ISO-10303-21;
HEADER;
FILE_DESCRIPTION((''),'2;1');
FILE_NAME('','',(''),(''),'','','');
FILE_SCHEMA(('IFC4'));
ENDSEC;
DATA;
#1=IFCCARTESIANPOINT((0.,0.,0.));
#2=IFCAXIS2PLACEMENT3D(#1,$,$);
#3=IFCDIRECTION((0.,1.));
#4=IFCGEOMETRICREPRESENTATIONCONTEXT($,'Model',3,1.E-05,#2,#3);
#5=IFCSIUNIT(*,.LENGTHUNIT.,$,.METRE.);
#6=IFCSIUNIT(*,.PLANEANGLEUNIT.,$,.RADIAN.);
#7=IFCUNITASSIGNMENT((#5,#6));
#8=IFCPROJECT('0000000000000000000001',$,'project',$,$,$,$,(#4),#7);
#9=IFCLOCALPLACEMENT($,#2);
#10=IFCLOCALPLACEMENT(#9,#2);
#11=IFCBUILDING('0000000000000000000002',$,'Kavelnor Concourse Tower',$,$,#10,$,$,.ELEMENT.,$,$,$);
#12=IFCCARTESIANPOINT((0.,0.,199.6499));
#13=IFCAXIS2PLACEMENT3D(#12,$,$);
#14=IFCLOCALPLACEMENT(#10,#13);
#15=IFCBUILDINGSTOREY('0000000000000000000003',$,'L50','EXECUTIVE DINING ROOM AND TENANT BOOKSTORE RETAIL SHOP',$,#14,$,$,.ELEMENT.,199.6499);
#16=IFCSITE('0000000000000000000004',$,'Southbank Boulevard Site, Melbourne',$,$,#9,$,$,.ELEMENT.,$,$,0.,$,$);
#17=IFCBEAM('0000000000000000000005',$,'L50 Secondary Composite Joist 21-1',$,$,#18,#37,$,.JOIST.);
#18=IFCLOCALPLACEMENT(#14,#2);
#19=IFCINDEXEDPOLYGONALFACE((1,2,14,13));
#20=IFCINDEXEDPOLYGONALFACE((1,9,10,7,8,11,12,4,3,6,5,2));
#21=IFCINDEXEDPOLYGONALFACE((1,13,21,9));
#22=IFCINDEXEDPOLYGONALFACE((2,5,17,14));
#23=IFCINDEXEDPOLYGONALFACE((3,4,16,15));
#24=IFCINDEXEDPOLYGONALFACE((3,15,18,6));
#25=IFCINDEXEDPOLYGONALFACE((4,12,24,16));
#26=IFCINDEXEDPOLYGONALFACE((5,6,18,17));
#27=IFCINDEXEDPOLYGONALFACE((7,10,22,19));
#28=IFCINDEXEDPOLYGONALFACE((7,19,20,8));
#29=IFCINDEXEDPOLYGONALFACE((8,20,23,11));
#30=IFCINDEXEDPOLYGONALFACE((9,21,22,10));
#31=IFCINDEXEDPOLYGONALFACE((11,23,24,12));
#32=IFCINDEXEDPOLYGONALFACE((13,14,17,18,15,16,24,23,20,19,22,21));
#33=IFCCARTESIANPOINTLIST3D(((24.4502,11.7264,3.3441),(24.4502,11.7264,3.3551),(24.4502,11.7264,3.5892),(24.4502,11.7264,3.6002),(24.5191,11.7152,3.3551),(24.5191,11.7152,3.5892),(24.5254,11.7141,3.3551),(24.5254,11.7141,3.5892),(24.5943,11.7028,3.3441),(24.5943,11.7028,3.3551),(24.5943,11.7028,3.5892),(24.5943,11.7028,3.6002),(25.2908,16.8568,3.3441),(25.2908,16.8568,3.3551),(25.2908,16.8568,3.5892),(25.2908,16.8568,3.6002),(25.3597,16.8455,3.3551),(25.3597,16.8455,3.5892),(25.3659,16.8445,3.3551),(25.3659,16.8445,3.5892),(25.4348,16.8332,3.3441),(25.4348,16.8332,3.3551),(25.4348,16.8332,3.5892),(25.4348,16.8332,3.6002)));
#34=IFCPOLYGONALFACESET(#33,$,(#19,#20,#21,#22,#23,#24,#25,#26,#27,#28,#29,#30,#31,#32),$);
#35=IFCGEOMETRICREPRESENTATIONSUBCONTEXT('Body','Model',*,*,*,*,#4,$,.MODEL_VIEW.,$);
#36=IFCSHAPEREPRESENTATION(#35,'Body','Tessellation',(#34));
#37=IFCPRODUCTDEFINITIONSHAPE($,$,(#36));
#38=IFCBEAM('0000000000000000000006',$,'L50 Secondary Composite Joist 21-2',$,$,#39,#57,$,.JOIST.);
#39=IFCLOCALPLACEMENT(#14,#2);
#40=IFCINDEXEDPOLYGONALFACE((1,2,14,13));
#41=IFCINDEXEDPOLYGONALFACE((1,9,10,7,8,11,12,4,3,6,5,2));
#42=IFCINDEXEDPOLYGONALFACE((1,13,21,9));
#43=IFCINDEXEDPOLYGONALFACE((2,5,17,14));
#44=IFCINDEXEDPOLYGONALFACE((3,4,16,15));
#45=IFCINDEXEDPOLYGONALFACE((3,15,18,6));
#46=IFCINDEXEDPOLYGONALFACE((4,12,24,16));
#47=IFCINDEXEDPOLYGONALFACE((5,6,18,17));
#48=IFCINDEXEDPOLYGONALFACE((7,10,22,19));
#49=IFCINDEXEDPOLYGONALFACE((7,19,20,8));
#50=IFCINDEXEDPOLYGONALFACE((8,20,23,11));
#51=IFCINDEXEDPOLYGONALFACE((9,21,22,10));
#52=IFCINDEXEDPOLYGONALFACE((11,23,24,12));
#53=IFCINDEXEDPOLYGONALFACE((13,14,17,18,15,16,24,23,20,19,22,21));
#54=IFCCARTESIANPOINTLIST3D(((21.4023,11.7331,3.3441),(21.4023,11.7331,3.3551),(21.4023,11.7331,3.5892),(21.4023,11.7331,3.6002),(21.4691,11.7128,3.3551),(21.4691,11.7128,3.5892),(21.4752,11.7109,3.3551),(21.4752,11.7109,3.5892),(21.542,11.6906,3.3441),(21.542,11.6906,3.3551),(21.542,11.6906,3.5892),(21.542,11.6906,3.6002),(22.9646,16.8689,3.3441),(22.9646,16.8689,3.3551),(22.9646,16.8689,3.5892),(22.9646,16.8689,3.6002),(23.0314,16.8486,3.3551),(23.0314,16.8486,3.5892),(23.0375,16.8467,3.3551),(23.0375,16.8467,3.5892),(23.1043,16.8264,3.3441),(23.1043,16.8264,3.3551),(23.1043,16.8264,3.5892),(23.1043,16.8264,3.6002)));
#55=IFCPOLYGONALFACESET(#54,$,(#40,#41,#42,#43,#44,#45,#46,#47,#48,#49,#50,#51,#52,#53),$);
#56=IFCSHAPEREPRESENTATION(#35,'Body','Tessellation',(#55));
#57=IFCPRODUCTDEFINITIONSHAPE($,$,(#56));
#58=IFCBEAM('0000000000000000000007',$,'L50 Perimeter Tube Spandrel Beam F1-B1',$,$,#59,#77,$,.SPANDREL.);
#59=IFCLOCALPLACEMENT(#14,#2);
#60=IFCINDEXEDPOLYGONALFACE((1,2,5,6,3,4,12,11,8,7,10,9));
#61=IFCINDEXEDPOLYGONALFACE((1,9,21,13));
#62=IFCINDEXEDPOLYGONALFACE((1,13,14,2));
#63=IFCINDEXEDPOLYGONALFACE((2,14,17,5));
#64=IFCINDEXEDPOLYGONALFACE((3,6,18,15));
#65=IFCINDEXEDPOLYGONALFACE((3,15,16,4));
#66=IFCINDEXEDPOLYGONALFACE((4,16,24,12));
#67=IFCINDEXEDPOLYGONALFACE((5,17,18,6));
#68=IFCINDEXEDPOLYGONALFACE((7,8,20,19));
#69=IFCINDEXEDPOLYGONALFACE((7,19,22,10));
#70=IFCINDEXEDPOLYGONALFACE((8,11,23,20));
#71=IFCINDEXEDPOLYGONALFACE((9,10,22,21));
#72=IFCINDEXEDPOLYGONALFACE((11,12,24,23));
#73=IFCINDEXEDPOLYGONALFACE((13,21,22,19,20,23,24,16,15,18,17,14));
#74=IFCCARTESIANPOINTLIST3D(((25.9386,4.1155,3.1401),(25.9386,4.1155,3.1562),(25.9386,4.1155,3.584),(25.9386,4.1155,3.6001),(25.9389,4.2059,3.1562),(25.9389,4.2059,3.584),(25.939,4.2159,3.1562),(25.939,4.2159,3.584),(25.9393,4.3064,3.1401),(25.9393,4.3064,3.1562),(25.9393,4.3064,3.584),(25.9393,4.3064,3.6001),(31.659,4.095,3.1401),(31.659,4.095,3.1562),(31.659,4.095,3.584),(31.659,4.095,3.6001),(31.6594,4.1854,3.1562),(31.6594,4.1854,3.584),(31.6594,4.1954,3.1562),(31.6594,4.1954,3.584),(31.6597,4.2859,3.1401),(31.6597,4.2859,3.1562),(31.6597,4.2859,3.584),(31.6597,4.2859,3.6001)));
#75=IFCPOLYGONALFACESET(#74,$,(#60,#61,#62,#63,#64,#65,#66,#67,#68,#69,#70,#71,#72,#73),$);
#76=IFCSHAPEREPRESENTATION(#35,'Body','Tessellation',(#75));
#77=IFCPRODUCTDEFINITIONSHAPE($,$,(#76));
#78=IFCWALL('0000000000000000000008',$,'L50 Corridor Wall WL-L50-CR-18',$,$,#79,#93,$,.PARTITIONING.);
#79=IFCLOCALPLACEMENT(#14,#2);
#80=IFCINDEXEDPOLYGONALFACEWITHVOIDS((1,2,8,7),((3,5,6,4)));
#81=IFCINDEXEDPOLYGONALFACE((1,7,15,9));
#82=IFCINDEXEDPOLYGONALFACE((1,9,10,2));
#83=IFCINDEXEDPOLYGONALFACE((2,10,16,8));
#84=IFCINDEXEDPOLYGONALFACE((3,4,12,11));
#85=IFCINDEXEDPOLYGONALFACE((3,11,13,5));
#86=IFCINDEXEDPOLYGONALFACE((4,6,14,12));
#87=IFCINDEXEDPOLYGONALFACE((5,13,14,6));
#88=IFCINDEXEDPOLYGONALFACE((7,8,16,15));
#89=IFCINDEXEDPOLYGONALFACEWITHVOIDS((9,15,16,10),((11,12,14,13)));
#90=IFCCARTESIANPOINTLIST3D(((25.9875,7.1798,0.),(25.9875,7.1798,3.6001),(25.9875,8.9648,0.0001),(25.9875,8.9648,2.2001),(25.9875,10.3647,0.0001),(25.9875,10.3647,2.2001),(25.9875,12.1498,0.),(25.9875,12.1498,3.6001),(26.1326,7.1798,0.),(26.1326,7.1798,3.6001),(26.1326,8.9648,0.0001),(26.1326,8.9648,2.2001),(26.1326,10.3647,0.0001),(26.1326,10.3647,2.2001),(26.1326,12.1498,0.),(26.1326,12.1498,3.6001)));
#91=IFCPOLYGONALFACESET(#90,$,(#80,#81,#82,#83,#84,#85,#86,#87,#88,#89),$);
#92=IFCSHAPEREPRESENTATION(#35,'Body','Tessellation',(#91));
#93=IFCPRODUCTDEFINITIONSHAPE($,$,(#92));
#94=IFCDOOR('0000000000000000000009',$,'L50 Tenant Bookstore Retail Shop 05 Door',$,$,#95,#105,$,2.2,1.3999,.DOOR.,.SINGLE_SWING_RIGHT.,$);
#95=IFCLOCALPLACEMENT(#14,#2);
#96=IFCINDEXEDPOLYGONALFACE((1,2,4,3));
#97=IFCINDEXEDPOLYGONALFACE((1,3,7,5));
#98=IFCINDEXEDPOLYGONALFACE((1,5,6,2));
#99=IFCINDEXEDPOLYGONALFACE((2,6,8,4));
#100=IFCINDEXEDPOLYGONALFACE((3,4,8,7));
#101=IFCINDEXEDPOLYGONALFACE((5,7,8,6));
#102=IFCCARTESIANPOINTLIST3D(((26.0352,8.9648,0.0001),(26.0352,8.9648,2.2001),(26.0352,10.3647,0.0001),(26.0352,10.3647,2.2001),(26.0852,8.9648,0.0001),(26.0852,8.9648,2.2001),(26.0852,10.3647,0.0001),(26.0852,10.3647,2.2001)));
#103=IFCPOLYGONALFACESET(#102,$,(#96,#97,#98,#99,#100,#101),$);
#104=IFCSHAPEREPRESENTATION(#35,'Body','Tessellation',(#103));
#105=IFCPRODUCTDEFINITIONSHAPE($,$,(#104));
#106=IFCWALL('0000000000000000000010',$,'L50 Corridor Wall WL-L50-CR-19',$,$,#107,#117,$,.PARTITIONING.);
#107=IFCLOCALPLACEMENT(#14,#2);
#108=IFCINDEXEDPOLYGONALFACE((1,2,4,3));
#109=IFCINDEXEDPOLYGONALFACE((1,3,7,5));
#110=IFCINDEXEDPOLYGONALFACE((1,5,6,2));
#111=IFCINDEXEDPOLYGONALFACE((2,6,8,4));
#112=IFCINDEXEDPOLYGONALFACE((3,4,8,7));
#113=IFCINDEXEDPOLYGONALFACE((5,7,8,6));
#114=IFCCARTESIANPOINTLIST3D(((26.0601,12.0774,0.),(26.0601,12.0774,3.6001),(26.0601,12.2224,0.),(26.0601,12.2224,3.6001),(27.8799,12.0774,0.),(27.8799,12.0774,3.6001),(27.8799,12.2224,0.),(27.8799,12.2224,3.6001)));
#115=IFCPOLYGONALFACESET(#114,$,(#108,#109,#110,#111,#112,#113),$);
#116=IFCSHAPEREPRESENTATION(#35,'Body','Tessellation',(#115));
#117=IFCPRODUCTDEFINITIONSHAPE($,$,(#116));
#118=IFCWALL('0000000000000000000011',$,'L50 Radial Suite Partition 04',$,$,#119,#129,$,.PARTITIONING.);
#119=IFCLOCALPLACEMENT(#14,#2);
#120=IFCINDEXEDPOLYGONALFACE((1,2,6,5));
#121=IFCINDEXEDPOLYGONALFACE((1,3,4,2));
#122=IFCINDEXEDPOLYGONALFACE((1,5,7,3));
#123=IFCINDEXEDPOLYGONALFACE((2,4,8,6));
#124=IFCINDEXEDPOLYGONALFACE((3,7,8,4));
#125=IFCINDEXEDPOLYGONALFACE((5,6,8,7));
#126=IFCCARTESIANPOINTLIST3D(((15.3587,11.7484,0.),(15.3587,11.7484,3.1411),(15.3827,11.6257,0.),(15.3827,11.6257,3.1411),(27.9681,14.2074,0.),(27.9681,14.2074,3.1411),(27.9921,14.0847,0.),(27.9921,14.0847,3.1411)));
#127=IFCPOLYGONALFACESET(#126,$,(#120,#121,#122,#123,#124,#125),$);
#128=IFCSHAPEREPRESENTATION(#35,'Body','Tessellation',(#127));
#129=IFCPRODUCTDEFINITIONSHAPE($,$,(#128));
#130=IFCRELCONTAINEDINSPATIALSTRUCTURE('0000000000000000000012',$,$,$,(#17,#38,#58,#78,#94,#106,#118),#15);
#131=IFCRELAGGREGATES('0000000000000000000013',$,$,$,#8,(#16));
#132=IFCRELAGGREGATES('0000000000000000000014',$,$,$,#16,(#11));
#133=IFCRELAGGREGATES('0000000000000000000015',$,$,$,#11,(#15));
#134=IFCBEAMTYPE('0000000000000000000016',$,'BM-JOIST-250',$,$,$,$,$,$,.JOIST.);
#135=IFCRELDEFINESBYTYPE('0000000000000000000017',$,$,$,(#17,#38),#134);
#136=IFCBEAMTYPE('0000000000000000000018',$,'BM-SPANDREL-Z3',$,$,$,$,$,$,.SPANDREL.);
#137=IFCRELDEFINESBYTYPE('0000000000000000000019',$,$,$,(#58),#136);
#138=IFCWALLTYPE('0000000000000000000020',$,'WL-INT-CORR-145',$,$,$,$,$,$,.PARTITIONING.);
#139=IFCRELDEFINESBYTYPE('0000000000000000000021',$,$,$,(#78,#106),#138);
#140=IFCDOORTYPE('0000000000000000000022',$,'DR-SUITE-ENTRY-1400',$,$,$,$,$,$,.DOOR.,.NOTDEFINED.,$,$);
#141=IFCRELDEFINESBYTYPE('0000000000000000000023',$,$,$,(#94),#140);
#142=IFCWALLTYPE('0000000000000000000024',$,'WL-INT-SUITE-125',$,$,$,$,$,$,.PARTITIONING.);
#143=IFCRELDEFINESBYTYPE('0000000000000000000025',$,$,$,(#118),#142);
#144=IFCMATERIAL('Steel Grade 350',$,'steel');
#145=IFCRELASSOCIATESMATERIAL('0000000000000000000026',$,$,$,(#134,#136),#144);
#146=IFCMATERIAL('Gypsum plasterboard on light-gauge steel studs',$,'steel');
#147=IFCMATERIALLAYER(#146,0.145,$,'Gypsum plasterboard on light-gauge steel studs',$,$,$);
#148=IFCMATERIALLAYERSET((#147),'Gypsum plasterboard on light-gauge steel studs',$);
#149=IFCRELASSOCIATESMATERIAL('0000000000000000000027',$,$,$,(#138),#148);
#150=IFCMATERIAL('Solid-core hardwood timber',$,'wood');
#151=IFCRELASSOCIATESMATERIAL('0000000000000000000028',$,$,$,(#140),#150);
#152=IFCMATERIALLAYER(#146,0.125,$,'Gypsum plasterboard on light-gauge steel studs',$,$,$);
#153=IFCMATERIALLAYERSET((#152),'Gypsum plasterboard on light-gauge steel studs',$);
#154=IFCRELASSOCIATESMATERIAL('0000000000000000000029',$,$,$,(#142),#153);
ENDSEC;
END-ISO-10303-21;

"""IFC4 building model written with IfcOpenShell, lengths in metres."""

from ifc_helpers import new_model, si_unit, direction, frame, frame_2d, origin, origin_2d, place, context, subcontext, project, spatial, rectangle, i_section, extrude, material, layer, layer_set, material_profile, profile_set, type_object, element, fill, save


model = new_model("IFC4")

# Units and contexts
model_context = context("Model", 3, precision=1e-05, world=origin(), true_north=direction((0.0, 1.0)))
body_context = subcontext(model_context, "Body", "Model", "MODEL_VIEW")
ifc_project = project(units=[si_unit("LENGTHUNIT", "METRE"), si_unit("PLANEANGLEUNIT", "RADIAN")], contexts=[model_context])

# Site, building, storey
site_placement = place(None, origin())
site = spatial("IfcSite", under=ifc_project, at=site_placement, Name="Southbank Boulevard Site, Melbourne", CompositionType="ELEMENT", RefElevation=0.0)
building_placement = place(site_placement, origin())
building = spatial("IfcBuilding", under=site, at=building_placement, Name="Kavelnor Concourse Tower", CompositionType="ELEMENT")
storey_placement = place(building_placement, frame((0.0, 0.0, 199.6499)))
storey = spatial("IfcBuildingStorey", under=building, at=storey_placement, Name="L50", Description="EXECUTIVE DINING ROOM AND TENANT BOOKSTORE RETAIL SHOP", CompositionType="ELEMENT", Elevation=199.6499)

# Shared definitions
ifc_material_1 = material(Name="Steel Grade 350", Category="steel")

# Beams
ifc_material_profile_1 = material_profile(ifc_material_1, i_section(OverallWidth=0.146, OverallDepth=0.2561, WebThickness=0.0063, FlangeThickness=0.011, at=origin_2d()), Name="250UB37")
ifc_profile_set_1 = profile_set([ifc_material_profile_1], Name="Steel Grade 350")
beam_type_1 = type_object("IfcBeamType", Name="BM-JOIST-250", PredefinedType="JOIST", material=ifc_profile_set_1)
beam_1_placement = place(storey_placement, frame((25.3628, 16.845, 3.4722), z_axis=(-0.161687, -0.986842, 0.0), x_axis=(0.986842, -0.161687, 0.0)))
element("IfcBeam", 1, at=beam_1_placement, inside=storey, type_object=beam_type_1, Name="L50 Secondary Composite Joist 21-1", PredefinedType="JOIST", context=body_context, shape_type="SweptSolid", body=[
    extrude(i_section(OverallWidth=0.146, OverallDepth=0.2561, WebThickness=0.0063, FlangeThickness=0.011, at=origin_2d()), origin(), (0.0, 0.0, 1.0), 5.1987),
])
beam_2_placement = place(storey_placement, frame((23.0344, 16.8477, 3.4722), z_axis=(-0.291026, -0.956715, 0.0), x_axis=(0.956715, -0.291026, 0.0)))
element("IfcBeam", 2, at=beam_2_placement, inside=storey, type_object=beam_type_1, Name="L50 Secondary Composite Joist 21-2", PredefinedType="JOIST", context=body_context, shape_type="SweptSolid", body=[
    extrude(i_section(OverallWidth=0.146, OverallDepth=0.2561, WebThickness=0.0063, FlangeThickness=0.011, at=origin_2d()), origin(), (0.0, 0.0, 1.0), 5.3682),
])
ifc_material_profile_2 = material_profile(ifc_material_1, i_section(OverallWidth=0.1909, OverallDepth=0.46, WebThickness=0.01, FlangeThickness=0.0161, at=origin_2d()), Name="460UB82")
ifc_profile_set_2 = profile_set([ifc_material_profile_2], Name="Steel Grade 350")
beam_type_2 = type_object("IfcBeamType", Name="BM-SPANDREL-Z3", PredefinedType="SPANDREL", material=ifc_profile_set_2)
beam_3_placement = place(storey_placement, frame((25.939, 4.2109, 3.3701), z_axis=(0.999994, -0.003585, 0.0), x_axis=(0.003585, 0.999994, 0.0)))
element("IfcBeam", 3, at=beam_3_placement, inside=storey, type_object=beam_type_2, Name="L50 Perimeter Tube Spandrel Beam F1-B1", PredefinedType="SPANDREL", context=body_context, shape_type="SweptSolid", body=[
    extrude(i_section(OverallWidth=0.1909, OverallDepth=0.46, WebThickness=0.01, FlangeThickness=0.0161, at=origin_2d()), origin(), (0.0, 0.0, 1.0), 5.7205),
])

# Wall, opening, door
ifc_material_2 = material(Name="Gypsum plasterboard on light-gauge steel studs", Category="steel")
ifc_layer_1 = layer(ifc_material_2, 0.145, Name="Gypsum plasterboard on light-gauge steel studs")
ifc_layer_set_1 = layer_set([ifc_layer_1], Name="Gypsum plasterboard on light-gauge steel studs")
wall_type_1 = type_object("IfcWallType", Name="WL-INT-CORR-145", PredefinedType="PARTITIONING", material=ifc_layer_set_1)
wall_1_placement = place(storey_placement, frame((26.0601, 7.1799, 0.0), z_axis=(0.0, 0.0, 1.0), x_axis=(0.0, 1.0, 0.0)))
wall_1 = element("IfcWall", 4, at=wall_1_placement, inside=storey, type_object=wall_type_1, Name="L50 Corridor Wall WL-L50-CR-18", PredefinedType="PARTITIONING", context=body_context, shape_type="SweptSolid", body=[
    extrude(rectangle(XDim=4.97, YDim=0.145, at=frame_2d((2.4849, 0.0))), origin(), (0.0, 0.0, 1.0), 3.6001),
])
opening_placement = place(wall_1_placement, frame((1.7849, 0.0, 0.0)))
opening = element("IfcOpeningElement", 5, at=opening_placement, cuts=wall_1, PredefinedType="OPENING", context=body_context, shape_type="SweptSolid", body=[
    extrude(rectangle(XDim=1.3999, YDim=2.2, at=frame_2d((0.7, 1.1001))), frame((0.0, 0.0825, 0.0), z_axis=(0.0, -1.0, 0.0), x_axis=(1.0, 0.0, 0.0)), (0.0, 0.0, 1.0), 0.165),
])
ifc_material_3 = material(Name="Solid-core hardwood timber", Category="wood")
door_type = type_object("IfcDoorType", Name="DR-SUITE-ENTRY-1400", OperationType="NOTDEFINED", PredefinedType="DOOR", material=ifc_material_3)
door_placement = place(opening_placement, origin())
door = element("IfcDoor", 6, at=door_placement, inside=storey, type_object=door_type, Name="L50 Tenant Bookstore Retail Shop 05 Door", OperationType="SINGLE_SWING_RIGHT", OverallHeight=2.2, OverallWidth=1.3999, PredefinedType="DOOR", context=body_context, shape_type="SweptSolid", body=[
    extrude(rectangle(XDim=1.3999, YDim=2.2, at=frame_2d((0.7, 1.1001))), frame((0.0, 0.0249, 0.0), z_axis=(0.0, -1.0, 0.0), x_axis=(1.0, 0.0, 0.0)), (0.0, 0.0, 1.0), 0.05),
])
fill(opening, door)

# Walls
wall_2_placement = place(storey_placement, frame((26.0601, 12.1499, 0.0), z_axis=(0.0, 0.0, 1.0), x_axis=(1.0, 0.0, 0.0)))
element("IfcWall", 7, at=wall_2_placement, inside=storey, type_object=wall_type_1, Name="L50 Corridor Wall WL-L50-CR-19", PredefinedType="PARTITIONING", context=body_context, shape_type="SweptSolid", body=[
    extrude(rectangle(XDim=1.8198, YDim=0.145, at=frame_2d((0.9099, 0.0))), origin(), (0.0, 0.0, 1.0), 3.6001),
])
ifc_layer_2 = layer(ifc_material_2, 0.125, Name="Gypsum plasterboard on light-gauge steel studs")
ifc_layer_set_2 = layer_set([ifc_layer_2], Name="Gypsum plasterboard on light-gauge steel studs")
wall_type_2 = type_object("IfcWallType", Name="WL-INT-SUITE-125", PredefinedType="PARTITIONING", material=ifc_layer_set_2)
wall_3_placement = place(storey_placement, frame((27.98, 14.146, 0.0), z_axis=(0.0, 0.0, 1.0), x_axis=(-0.981511, -0.191407, 0.0)))
element("IfcWall", 8, at=wall_3_placement, inside=storey, type_object=wall_type_2, Name="L50 Radial Suite Partition 04", PredefinedType="PARTITIONING", context=body_context, shape_type="SweptSolid", body=[
    extrude(rectangle(XDim=12.8469, YDim=0.125, at=frame_2d((6.4233, 0.0))), origin(), (0.0, 0.0, 1.0), 3.1411),
])

save(model, "model.ifc")
